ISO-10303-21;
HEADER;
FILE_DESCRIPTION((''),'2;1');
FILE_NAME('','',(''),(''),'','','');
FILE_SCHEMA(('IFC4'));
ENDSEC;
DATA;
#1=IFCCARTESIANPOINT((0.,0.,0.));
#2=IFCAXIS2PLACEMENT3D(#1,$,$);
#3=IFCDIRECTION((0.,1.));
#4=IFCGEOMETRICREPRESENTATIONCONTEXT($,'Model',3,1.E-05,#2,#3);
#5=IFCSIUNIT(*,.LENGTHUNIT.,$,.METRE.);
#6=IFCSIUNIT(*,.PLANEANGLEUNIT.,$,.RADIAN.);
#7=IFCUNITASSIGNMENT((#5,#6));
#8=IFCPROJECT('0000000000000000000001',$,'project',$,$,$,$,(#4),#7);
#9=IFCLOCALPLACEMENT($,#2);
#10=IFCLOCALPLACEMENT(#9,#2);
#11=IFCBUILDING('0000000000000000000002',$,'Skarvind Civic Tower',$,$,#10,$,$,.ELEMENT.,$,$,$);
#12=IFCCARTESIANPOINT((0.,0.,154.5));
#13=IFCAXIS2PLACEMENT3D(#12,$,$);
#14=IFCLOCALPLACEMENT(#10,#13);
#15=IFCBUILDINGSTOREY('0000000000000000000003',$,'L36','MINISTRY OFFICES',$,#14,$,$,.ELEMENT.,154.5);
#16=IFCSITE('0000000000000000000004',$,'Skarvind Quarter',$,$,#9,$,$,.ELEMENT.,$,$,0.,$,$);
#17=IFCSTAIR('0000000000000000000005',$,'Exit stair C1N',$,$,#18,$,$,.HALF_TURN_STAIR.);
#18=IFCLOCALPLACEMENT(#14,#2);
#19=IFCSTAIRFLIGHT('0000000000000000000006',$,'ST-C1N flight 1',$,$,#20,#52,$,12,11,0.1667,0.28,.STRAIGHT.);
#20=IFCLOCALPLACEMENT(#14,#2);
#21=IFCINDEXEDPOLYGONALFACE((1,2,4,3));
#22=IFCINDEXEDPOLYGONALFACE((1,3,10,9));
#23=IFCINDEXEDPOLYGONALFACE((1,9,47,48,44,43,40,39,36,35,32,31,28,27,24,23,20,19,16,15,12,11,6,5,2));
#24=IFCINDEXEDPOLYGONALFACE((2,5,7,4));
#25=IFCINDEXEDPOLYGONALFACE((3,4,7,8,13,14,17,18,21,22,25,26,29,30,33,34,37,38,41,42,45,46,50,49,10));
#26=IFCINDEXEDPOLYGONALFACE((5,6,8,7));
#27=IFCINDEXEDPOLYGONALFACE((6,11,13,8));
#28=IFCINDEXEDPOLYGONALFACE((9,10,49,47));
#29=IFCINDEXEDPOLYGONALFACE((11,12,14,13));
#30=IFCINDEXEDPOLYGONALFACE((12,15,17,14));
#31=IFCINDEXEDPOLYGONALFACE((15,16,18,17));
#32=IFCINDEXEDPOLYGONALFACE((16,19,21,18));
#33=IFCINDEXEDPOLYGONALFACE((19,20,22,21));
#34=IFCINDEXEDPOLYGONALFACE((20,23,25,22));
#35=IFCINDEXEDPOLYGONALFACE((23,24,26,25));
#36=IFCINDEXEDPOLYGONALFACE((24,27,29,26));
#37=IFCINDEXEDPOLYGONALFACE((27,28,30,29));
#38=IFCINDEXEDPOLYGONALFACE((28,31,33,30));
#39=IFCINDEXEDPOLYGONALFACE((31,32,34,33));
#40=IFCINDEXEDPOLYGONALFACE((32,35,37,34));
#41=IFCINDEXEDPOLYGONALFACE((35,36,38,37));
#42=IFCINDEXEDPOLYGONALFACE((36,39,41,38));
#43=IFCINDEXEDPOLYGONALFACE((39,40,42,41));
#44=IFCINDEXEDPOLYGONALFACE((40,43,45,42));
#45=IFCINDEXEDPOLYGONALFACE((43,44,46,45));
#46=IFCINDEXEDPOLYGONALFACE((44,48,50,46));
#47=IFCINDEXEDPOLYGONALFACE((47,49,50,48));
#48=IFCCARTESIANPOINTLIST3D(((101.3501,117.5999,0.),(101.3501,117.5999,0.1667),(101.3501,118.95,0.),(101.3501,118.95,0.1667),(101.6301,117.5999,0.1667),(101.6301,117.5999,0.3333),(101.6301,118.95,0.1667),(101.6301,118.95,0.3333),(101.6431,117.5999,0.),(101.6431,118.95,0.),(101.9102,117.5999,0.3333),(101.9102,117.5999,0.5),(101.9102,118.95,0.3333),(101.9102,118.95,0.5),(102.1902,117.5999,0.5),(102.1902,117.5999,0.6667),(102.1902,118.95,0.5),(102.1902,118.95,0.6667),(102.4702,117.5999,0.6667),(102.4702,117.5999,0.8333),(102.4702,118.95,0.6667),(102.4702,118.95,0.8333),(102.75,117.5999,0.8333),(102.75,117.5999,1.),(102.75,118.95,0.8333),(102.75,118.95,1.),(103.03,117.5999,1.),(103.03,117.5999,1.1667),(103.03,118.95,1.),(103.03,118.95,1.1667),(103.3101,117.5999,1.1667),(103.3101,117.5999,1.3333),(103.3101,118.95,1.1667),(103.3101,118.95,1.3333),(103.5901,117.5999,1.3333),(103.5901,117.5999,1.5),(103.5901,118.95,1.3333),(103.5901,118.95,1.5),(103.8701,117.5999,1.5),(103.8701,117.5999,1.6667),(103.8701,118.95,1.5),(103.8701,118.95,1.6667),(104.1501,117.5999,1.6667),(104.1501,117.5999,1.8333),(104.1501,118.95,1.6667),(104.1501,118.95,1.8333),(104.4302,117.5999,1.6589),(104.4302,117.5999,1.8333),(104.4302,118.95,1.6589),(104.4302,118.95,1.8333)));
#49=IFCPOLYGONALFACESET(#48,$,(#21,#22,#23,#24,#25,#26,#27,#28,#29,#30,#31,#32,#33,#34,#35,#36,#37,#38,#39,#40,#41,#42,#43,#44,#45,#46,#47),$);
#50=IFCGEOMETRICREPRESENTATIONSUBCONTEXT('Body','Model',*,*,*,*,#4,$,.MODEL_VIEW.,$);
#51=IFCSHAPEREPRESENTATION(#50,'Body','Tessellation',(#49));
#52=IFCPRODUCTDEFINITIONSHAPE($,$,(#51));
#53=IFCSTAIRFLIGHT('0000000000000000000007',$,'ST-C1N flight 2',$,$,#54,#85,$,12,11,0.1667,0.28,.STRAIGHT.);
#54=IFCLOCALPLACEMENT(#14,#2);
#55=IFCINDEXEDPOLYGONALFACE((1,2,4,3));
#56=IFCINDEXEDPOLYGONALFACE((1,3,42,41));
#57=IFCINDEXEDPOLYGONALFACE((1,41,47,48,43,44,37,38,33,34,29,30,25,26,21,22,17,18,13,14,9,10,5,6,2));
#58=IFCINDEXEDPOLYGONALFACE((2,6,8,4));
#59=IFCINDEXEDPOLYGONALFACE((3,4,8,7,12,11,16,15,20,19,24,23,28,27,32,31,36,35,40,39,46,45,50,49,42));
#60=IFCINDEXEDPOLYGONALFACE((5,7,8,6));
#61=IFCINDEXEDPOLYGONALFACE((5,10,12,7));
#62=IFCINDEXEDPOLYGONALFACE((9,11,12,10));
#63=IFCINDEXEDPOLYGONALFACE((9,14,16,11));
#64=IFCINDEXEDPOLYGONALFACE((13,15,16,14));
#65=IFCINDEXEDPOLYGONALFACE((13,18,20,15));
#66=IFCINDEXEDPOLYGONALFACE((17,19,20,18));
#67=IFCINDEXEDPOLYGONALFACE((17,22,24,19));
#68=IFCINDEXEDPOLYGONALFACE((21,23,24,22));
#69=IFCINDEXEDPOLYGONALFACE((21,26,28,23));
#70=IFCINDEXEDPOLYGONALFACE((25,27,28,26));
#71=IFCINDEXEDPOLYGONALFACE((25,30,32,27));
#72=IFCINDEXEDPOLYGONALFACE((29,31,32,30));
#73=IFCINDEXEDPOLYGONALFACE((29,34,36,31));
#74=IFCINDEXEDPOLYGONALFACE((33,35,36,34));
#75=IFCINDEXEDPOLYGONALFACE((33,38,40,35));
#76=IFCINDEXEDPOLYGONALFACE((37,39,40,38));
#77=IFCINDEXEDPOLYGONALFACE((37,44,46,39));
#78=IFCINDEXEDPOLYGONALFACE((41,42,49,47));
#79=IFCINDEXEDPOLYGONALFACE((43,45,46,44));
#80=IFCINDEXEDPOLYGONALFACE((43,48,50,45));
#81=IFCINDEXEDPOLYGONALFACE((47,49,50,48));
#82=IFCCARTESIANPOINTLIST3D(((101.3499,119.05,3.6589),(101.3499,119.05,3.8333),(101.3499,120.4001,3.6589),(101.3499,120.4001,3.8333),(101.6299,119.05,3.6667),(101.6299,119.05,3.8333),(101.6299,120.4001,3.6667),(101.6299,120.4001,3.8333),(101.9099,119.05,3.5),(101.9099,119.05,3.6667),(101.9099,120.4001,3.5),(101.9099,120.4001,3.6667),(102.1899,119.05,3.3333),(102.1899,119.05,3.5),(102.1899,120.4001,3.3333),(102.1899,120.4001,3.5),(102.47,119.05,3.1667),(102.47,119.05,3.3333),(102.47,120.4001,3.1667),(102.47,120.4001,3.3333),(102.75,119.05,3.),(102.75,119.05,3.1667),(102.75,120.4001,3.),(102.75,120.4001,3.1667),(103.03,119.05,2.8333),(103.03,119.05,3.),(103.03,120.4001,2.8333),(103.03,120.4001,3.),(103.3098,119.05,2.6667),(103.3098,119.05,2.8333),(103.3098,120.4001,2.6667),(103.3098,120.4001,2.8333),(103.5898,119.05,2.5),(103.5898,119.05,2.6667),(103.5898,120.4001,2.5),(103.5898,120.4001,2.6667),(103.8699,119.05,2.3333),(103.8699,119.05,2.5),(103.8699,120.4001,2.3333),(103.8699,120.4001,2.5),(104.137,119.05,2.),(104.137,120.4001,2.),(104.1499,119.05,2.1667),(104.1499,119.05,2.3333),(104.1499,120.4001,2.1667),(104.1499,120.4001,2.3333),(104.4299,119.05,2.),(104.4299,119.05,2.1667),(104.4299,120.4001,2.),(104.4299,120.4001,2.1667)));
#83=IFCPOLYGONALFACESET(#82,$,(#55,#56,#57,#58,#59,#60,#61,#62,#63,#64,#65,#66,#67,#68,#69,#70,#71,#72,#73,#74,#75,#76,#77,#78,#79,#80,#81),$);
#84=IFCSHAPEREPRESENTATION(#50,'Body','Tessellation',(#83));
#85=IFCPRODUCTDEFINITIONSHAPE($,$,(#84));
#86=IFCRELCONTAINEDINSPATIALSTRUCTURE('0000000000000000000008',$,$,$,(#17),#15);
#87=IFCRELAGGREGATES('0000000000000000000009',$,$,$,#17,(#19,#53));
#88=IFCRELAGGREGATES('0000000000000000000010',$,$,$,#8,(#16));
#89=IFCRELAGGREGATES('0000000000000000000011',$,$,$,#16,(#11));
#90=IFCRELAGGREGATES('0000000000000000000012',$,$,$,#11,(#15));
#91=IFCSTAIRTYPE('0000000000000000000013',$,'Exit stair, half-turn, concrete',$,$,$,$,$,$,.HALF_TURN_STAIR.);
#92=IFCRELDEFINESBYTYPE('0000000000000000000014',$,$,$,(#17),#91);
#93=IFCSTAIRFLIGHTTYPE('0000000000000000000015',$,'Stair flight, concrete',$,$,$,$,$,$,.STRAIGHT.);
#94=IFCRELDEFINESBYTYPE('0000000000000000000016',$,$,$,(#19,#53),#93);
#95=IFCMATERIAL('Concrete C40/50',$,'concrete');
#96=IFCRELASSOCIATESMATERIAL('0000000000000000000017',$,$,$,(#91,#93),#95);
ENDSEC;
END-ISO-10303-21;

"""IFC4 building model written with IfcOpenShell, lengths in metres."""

from ifc_helpers import new_model, si_unit, direction, frame, origin, place, context, subcontext, project, spatial, polyline, outline, extrude, material, type_object, element, aggregate, save


model = new_model("IFC4")

# Units and contexts
model_context = context("Model", 3, precision=1e-05, world=origin(), true_north=direction((0.0, 1.0)))
body_context = subcontext(model_context, "Body", "Model", "MODEL_VIEW")
ifc_project = project(units=[si_unit("LENGTHUNIT", "METRE"), si_unit("PLANEANGLEUNIT", "RADIAN")], contexts=[model_context])

# Site, building, storey
site_placement = place(None, origin())
site = spatial("IfcSite", under=ifc_project, at=site_placement, Name="Skarvind Quarter", CompositionType="ELEMENT", RefElevation=0.0)
building_placement = place(site_placement, origin())
building = spatial("IfcBuilding", under=site, at=building_placement, Name="Skarvind Civic Tower", CompositionType="ELEMENT")
storey_placement = place(building_placement, frame((0.0, 0.0, 154.5)))
storey = spatial("IfcBuildingStorey", under=building, at=storey_placement, Name="L36", Description="MINISTRY OFFICES", CompositionType="ELEMENT", Elevation=154.5)

# Stair, stair flights
ifc_material_1 = material(Name="Concrete C40/50", Category="concrete")
stair_type = type_object("IfcStairType", Name="Exit stair, half-turn, concrete", PredefinedType="HALF_TURN_STAIR", material=ifc_material_1)
stair_placement = place(storey_placement, origin())
stair = element("IfcStair", 1, at=stair_placement, inside=storey, type_object=stair_type, Name="Exit stair C1N", PredefinedType="HALF_TURN_STAIR")
stair_flight_type = type_object("IfcStairFlightType", Name="Stair flight, concrete", PredefinedType="STRAIGHT", material=ifc_material_1)
stair_flight_1_placement = place(storey_placement, frame((101.3501, 118.2749, 0.0), z_axis=(0.0, 0.0, 1.0), x_axis=(1.0, 0.0, 0.0)))
stair_flight_1 = element("IfcStairFlight", 2, at=stair_flight_1_placement, type_object=stair_flight_type, Name="ST-C1N flight 1", NumberOfRisers=12, NumberOfTreads=11, PredefinedType="STRAIGHT", RiserHeight=0.1667, TreadLength=0.28, context=body_context, shape_type="SweptSolid", body=[
    extrude(outline(polyline([(0.0, 0.0), (0.0, 0.1667), (0.28, 0.1667), (0.28, 0.3333), (0.5601, 0.3333), (0.5601, 0.5), (0.8401, 0.5), (0.8401, 0.6667), (1.1201, 0.6667), (1.1201, 0.8333), (1.3999, 0.8333), (1.3999, 1.0), (1.6799, 1.0), (1.6799, 1.1667), (1.96, 1.1667), (1.96, 1.3333), (2.24, 1.3333), (2.24, 1.5), (2.52, 1.5), (2.52, 1.6667), (2.8, 1.6667), (2.8, 1.8333), (3.0801, 1.8333), (3.0801, 2.0), (3.0801, 1.6589), (0.293, 0.0), (0.0, 0.0)])), frame((0.0, 0.675, 0.0), z_axis=(0.0, -1.0, 0.0), x_axis=(1.0, 0.0, 0.0)), (0.0, 0.0, 1.0), 1.3501),
])
stair_flight_2_placement = place(storey_placement, frame((104.4299, 119.7251, 2.0), z_axis=(0.0, 0.0, 1.0), x_axis=(-1.0, 0.0, 0.0)))
stair_flight_2 = element("IfcStairFlight", 3, at=stair_flight_2_placement, type_object=stair_flight_type, Name="ST-C1N flight 2", NumberOfRisers=12, NumberOfTreads=11, PredefinedType="STRAIGHT", RiserHeight=0.1667, TreadLength=0.28, context=body_context, shape_type="SweptSolid", body=[
    extrude(outline(polyline([(0.0, 0.0), (0.0, 0.1667), (0.28, 0.1667), (0.28, 0.3333), (0.5601, 0.3333), (0.5601, 0.5), (0.8401, 0.5), (0.8401, 0.6667), (1.1201, 0.6667), (1.1201, 0.8333), (1.3999, 0.8333), (1.3999, 1.0), (1.6799, 1.0), (1.6799, 1.1667), (1.96, 1.1667), (1.96, 1.3333), (2.24, 1.3333), (2.24, 1.5), (2.52, 1.5), (2.52, 1.6667), (2.8, 1.6667), (2.8, 1.8333), (3.0801, 1.8333), (3.0801, 2.0), (3.0801, 1.6589), (0.293, 0.0), (0.0, 0.0)])), frame((0.0, 0.675, 0.0), z_axis=(0.0, -1.0, 0.0), x_axis=(1.0, 0.0, 0.0)), (0.0, 0.0, 1.0), 1.3501),
])
aggregate(stair, [stair_flight_1, stair_flight_2])

save(model, "model.ifc")
